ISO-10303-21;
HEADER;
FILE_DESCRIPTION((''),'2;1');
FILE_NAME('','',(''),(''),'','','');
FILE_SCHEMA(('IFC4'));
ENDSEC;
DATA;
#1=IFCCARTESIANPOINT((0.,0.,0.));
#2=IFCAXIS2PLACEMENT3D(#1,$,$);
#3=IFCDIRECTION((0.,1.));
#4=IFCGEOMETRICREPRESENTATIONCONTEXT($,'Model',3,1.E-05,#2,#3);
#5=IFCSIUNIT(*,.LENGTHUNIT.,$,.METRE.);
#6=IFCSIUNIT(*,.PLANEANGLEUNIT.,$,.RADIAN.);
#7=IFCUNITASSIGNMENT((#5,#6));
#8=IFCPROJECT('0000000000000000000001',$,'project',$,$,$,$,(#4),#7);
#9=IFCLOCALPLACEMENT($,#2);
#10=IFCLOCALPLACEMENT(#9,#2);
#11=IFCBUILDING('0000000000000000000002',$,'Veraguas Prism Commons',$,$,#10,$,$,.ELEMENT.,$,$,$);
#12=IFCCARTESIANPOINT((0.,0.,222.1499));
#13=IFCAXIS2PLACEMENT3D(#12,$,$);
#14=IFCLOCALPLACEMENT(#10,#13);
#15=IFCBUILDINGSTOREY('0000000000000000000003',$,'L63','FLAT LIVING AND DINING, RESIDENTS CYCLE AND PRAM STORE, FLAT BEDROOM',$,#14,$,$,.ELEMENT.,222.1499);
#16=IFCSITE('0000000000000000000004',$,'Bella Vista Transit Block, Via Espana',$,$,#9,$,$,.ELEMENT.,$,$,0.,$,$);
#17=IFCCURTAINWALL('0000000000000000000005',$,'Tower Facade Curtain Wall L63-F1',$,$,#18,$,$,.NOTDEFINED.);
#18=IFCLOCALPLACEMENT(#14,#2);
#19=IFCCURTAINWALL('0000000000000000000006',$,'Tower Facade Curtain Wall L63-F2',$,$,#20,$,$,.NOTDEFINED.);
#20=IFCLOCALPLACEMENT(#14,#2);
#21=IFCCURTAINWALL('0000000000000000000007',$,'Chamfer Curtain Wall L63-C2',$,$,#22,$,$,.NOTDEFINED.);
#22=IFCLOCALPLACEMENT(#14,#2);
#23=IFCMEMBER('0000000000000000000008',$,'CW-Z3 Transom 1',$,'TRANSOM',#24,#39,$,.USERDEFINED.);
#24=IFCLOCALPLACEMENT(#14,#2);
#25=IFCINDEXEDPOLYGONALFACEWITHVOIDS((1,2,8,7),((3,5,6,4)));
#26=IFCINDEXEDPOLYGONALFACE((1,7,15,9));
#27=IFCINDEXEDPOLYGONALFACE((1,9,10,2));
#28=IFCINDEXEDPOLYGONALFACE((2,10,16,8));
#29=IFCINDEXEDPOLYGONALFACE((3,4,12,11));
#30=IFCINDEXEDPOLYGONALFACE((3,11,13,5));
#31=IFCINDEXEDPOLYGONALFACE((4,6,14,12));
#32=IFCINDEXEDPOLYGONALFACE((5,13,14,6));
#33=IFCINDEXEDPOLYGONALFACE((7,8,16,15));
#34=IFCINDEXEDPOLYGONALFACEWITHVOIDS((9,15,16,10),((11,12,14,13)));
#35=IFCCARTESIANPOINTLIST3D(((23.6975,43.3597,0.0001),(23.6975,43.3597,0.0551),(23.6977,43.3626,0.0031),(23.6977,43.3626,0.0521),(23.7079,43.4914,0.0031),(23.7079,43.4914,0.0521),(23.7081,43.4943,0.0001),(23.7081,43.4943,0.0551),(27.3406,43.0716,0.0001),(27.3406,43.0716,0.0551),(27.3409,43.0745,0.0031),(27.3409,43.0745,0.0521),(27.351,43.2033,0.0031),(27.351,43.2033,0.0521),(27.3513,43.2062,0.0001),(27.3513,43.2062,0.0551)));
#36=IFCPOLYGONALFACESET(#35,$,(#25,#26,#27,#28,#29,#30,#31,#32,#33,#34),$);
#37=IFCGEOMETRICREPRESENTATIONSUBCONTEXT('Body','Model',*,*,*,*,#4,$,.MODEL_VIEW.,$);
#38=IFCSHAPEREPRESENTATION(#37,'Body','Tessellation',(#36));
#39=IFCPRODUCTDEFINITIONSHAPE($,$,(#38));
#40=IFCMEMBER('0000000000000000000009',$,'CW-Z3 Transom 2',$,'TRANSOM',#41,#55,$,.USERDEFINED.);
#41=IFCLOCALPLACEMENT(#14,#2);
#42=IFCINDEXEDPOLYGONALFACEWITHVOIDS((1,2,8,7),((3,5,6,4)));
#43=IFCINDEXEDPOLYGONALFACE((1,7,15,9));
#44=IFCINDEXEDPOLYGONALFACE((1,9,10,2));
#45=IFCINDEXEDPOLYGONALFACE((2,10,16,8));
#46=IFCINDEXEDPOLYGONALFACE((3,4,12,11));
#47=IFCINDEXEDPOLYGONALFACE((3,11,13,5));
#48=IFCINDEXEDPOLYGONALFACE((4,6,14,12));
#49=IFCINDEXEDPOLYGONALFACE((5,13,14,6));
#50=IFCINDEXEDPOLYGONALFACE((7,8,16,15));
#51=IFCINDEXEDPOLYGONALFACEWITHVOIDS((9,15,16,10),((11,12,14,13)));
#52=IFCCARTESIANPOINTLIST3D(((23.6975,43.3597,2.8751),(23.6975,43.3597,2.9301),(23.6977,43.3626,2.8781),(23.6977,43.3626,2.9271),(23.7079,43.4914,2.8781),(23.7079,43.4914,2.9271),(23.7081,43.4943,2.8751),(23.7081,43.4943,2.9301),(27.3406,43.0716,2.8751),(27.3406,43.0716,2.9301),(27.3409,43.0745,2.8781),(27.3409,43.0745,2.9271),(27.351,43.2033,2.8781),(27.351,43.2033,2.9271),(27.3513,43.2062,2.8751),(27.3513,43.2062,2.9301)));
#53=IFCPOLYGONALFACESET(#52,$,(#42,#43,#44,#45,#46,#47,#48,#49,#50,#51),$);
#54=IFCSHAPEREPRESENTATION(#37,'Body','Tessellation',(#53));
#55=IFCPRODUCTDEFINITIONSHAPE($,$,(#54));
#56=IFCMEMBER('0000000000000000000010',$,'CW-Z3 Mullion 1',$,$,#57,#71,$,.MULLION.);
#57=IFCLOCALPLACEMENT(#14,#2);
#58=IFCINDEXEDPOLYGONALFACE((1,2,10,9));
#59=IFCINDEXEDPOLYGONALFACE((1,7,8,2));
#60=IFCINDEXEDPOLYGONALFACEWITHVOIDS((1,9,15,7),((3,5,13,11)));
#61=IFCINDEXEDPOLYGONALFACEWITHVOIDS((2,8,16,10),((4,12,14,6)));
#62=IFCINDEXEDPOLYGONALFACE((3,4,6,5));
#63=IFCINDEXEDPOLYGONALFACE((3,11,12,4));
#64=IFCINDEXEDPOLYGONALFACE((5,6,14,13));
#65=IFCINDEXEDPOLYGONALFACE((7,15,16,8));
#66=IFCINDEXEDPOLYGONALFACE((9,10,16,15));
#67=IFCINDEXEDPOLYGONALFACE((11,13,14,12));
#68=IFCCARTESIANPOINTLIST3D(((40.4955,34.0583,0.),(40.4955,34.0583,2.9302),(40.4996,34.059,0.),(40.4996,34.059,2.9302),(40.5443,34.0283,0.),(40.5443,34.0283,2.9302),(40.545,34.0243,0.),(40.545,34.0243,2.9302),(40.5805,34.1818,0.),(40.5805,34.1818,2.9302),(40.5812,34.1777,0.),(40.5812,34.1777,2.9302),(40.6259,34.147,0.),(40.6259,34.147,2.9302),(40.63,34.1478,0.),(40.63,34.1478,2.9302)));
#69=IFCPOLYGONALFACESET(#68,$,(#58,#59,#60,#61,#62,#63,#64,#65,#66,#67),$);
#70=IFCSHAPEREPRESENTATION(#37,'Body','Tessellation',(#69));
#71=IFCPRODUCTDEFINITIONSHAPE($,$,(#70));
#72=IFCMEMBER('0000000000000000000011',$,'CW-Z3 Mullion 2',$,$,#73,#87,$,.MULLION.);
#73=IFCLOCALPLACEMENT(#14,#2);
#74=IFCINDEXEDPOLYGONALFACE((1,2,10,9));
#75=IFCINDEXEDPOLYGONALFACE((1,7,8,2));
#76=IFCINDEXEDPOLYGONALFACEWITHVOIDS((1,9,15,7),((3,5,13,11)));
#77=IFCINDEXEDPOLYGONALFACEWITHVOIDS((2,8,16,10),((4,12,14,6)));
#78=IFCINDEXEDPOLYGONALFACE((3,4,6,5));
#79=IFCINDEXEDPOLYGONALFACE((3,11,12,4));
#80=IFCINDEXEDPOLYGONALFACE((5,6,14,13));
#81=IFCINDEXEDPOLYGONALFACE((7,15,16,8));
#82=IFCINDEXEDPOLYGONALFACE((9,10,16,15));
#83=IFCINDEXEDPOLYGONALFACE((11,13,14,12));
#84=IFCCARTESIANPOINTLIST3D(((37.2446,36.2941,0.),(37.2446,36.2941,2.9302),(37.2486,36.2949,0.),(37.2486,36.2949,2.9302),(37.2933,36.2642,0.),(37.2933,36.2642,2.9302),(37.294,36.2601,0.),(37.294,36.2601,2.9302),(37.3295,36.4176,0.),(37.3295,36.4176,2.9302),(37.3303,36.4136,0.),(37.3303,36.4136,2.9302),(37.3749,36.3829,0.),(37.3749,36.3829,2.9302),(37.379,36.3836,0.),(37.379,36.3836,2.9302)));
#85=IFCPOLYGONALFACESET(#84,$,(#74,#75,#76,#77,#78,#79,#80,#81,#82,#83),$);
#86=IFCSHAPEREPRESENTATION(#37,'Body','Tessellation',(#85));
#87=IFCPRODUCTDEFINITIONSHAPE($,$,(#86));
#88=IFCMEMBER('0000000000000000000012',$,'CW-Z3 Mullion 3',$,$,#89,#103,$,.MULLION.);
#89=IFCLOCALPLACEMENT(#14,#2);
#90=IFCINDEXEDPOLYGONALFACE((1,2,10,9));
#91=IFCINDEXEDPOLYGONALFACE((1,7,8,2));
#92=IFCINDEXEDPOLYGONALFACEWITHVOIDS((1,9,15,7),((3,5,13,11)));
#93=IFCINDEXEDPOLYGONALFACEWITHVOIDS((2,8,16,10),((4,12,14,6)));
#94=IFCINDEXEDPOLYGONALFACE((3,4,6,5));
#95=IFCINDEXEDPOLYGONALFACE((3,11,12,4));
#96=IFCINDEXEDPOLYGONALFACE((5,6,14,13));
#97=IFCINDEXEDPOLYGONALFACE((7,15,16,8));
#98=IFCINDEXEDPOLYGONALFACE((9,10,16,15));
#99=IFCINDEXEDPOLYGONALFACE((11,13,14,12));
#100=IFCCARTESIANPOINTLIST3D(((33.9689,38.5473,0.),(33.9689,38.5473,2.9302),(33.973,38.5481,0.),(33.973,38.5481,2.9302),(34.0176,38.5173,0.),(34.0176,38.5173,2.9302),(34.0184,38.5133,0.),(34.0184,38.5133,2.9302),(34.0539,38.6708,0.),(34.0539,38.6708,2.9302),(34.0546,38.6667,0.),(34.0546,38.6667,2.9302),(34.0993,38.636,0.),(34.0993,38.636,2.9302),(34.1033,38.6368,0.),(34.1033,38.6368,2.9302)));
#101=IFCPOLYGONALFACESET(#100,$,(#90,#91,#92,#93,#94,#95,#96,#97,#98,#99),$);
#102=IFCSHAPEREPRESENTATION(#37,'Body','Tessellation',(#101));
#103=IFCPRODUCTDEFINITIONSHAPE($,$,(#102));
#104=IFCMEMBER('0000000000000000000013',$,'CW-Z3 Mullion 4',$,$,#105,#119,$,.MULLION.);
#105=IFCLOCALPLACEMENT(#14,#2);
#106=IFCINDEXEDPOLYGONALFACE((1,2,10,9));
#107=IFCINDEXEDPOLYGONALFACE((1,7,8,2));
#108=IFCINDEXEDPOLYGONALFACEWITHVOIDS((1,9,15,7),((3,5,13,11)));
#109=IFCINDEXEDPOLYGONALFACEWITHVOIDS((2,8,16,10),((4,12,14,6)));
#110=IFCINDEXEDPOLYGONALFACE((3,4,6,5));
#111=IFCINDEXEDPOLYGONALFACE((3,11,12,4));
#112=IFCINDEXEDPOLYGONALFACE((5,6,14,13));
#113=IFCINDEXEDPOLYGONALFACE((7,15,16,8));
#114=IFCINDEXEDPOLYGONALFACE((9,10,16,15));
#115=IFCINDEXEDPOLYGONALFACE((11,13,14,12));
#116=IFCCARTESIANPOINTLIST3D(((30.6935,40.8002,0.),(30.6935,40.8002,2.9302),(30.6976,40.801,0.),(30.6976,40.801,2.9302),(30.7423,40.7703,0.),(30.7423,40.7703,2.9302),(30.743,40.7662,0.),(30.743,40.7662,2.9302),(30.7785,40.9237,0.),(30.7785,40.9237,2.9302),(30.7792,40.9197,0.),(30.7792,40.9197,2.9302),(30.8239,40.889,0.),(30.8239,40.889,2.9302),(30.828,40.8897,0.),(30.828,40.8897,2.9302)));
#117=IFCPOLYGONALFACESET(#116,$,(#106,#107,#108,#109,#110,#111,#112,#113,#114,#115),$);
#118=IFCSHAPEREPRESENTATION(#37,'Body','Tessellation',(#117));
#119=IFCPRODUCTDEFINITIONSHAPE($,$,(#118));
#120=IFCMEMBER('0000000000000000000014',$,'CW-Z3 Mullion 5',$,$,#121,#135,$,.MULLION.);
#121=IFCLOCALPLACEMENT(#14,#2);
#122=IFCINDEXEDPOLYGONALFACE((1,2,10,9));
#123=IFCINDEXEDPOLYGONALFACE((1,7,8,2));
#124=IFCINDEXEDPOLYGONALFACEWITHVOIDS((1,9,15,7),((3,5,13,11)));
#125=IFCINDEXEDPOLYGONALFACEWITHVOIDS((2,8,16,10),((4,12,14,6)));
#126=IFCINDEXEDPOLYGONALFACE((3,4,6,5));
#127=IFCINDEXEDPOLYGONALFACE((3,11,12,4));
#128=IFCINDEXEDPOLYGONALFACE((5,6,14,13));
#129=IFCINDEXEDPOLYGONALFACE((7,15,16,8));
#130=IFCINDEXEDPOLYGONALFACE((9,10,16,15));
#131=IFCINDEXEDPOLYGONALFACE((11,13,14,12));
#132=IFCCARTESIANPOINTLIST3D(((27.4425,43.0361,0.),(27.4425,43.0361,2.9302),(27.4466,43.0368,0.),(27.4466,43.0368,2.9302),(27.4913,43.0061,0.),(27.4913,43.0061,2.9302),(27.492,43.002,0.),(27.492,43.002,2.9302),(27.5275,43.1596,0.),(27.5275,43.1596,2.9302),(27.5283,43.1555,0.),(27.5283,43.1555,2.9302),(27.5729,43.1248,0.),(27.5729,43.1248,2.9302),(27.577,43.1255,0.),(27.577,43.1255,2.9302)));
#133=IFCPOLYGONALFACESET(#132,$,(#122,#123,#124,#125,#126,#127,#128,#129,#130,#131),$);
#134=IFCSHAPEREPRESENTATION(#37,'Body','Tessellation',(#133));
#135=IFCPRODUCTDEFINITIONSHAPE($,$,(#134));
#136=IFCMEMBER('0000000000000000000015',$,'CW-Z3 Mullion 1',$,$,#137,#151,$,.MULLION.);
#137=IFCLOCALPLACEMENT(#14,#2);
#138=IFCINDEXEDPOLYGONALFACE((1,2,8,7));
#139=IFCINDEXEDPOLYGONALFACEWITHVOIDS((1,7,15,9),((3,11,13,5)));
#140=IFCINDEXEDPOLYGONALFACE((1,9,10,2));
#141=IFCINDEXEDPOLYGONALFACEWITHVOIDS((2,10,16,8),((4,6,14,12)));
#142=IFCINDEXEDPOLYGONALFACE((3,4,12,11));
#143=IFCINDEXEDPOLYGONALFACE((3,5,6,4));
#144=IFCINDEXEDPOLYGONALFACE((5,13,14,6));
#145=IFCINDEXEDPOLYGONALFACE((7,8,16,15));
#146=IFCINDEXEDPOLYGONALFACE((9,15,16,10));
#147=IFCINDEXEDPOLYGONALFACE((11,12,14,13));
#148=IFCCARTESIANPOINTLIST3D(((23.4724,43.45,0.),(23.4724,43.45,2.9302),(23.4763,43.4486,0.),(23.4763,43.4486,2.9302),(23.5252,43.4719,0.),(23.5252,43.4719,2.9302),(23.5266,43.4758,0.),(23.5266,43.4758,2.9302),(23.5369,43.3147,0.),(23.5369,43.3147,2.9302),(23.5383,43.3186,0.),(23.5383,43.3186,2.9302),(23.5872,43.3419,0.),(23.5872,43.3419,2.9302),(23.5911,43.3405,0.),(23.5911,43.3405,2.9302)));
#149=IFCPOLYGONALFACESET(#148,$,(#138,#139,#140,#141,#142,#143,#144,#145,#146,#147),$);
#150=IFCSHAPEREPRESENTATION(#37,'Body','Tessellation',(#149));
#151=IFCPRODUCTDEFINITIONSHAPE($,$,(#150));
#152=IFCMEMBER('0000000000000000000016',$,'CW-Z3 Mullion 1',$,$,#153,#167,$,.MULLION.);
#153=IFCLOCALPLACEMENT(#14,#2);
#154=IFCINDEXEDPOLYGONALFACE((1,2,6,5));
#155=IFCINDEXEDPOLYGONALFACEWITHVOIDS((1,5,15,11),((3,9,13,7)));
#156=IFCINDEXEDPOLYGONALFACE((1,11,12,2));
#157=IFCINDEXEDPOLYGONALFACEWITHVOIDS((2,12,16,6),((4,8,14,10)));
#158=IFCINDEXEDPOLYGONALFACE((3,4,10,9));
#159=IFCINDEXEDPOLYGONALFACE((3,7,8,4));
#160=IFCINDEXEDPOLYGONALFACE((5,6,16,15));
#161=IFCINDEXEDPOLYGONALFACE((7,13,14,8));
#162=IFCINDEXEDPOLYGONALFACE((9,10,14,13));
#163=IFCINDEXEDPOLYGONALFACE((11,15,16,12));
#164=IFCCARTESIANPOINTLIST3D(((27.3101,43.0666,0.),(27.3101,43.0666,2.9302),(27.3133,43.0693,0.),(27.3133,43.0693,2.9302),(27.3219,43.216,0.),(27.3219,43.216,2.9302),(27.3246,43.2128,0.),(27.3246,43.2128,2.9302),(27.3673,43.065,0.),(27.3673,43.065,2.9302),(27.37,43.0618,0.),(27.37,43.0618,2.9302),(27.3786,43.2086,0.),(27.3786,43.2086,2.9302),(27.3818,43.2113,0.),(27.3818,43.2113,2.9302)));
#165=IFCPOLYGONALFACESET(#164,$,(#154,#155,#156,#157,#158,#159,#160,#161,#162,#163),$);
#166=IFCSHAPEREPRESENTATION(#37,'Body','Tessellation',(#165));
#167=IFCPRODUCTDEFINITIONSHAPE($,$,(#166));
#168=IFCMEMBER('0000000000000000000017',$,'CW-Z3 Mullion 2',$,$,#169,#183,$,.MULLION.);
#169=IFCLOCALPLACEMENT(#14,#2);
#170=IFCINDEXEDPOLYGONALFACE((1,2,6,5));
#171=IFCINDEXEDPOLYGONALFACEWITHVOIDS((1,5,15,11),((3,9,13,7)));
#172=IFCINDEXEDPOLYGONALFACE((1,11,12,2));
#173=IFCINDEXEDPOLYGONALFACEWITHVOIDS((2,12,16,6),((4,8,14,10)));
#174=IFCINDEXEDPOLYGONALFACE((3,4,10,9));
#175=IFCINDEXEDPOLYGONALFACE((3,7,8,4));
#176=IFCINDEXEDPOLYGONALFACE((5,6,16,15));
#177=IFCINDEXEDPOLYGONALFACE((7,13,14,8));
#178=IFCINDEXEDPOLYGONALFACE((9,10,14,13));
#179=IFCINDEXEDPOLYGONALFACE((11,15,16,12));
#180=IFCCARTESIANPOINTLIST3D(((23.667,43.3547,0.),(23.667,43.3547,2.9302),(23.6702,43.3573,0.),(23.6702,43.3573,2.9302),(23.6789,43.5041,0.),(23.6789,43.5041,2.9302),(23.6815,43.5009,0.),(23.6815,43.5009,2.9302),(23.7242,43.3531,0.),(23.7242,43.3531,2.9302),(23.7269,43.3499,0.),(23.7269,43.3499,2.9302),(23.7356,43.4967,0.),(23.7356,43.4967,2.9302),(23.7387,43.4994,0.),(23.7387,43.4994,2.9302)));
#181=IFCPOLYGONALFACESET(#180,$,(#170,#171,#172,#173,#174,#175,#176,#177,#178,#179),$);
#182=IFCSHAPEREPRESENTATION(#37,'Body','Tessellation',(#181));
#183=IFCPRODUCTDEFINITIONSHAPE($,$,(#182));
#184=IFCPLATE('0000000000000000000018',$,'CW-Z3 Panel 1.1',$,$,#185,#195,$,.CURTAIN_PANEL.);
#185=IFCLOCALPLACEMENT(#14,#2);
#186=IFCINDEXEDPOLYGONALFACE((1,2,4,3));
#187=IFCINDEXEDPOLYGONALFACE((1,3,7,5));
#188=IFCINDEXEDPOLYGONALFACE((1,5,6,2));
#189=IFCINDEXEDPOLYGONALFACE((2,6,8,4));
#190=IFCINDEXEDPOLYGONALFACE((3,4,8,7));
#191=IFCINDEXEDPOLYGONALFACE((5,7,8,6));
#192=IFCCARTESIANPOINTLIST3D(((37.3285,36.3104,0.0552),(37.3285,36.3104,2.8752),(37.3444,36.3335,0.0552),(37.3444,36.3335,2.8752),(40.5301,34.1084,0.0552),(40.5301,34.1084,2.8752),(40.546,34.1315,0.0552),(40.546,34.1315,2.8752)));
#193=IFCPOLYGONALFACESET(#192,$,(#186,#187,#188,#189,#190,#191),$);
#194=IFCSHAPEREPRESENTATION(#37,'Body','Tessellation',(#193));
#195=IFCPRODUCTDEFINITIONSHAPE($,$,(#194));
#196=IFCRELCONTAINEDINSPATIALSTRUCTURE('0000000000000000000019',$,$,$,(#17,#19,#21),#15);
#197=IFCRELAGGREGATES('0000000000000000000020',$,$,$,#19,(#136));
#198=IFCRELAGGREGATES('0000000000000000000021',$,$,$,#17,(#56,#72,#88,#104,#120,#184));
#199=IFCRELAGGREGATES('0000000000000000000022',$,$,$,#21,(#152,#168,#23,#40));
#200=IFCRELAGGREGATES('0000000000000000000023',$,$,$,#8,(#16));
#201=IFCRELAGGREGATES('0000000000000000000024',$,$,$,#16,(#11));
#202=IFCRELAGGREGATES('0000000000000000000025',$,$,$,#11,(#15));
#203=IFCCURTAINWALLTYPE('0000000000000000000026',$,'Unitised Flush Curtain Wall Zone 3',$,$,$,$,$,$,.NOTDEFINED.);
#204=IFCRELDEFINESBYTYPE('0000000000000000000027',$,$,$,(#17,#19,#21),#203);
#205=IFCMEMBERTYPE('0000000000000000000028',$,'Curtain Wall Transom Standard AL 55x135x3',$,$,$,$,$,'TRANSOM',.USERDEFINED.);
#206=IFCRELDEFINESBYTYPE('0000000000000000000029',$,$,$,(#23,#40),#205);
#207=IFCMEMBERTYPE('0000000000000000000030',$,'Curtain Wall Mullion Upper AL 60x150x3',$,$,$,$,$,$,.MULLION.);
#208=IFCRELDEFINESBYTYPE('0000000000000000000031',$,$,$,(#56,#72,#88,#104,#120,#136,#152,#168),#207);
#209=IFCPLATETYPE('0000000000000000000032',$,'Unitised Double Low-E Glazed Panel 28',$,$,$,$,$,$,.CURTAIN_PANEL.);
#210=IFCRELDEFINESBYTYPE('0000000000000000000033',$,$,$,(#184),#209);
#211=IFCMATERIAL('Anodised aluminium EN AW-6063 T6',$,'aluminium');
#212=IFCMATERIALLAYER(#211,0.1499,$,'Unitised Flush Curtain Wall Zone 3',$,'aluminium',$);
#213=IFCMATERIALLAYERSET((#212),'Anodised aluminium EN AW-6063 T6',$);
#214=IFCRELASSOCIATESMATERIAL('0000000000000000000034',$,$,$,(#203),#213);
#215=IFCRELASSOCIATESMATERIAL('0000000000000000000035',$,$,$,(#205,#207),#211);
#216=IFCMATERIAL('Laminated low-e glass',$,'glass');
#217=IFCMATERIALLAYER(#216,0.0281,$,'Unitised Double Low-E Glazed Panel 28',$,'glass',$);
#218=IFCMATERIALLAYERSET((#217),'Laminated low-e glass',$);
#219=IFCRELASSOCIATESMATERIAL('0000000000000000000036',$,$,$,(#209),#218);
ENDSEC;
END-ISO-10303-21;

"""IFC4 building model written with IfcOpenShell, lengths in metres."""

from ifc_helpers import new_model, si_unit, direction, frame, origin, origin_2d, place, context, subcontext, project, spatial, rectangle, hollow_rectangle, extrude, source, transform, mapped, material, layer, layer_set, material_profile, profile_set, type_object, element, aggregate, save


model = new_model("IFC4")

# Units and contexts
model_context = context("Model", 3, precision=1e-05, world=origin(), true_north=direction((0.0, 1.0)))
body_context = subcontext(model_context, "Body", "Model", "MODEL_VIEW")
ifc_project = project(units=[si_unit("LENGTHUNIT", "METRE"), si_unit("PLANEANGLEUNIT", "RADIAN")], contexts=[model_context])

# Site, building, storey
site_placement = place(None, origin())
site = spatial("IfcSite", under=ifc_project, at=site_placement, Name="Bella Vista Transit Block, Via Espana", CompositionType="ELEMENT", RefElevation=0.0)
building_placement = place(site_placement, origin())
building = spatial("IfcBuilding", under=site, at=building_placement, Name="Veraguas Prism Commons", CompositionType="ELEMENT")
storey_placement = place(building_placement, frame((0.0, 0.0, 222.1499)))
storey = spatial("IfcBuildingStorey", under=building, at=storey_placement, Name="L63", Description="FLAT LIVING AND DINING, RESIDENTS CYCLE AND PRAM STORE, FLAT BEDROOM", CompositionType="ELEMENT", Elevation=222.1499)

# Curtain walls, members
ifc_material_1 = material(Name="Anodised aluminium EN AW-6063 T6", Category="aluminium")
ifc_layer_1 = layer(ifc_material_1, 0.1499, Name="Unitised Flush Curtain Wall Zone 3", Category="aluminium")
ifc_layer_set_1 = layer_set([ifc_layer_1], Name="Anodised aluminium EN AW-6063 T6")
curtain_wall_type = type_object("IfcCurtainWallType", Name="Unitised Flush Curtain Wall Zone 3", PredefinedType="NOTDEFINED", material=ifc_layer_set_1)
curtain_wall_1_placement = place(storey_placement, origin())
curtain_wall_1 = element("IfcCurtainWall", 1, at=curtain_wall_1_placement, inside=storey, type_object=curtain_wall_type, Name="Tower Facade Curtain Wall L63-F1", PredefinedType="NOTDEFINED")
ifc_material_profile_1 = material_profile(ifc_material_1, hollow_rectangle(XDim=0.0549, YDim=0.135, WallThickness=0.0029, at=origin_2d()), Name="AL55X135X3")
ifc_profile_set_1 = profile_set([ifc_material_profile_1], Name="Anodised aluminium EN AW-6063 T6")
member_type_1 = type_object("IfcMemberType", Name="Curtain Wall Transom Standard AL 55x135x3", ElementType="TRANSOM", PredefinedType="USERDEFINED", material=ifc_profile_set_1)
curtain_wall_2_placement = place(storey_placement, origin())
curtain_wall_2 = element("IfcCurtainWall", 2, at=curtain_wall_2_placement, inside=storey, type_object=curtain_wall_type, Name="Tower Facade Curtain Wall L63-F2", PredefinedType="NOTDEFINED")
curtain_wall_3_placement = place(storey_placement, origin())
curtain_wall_3 = element("IfcCurtainWall", 3, at=curtain_wall_3_placement, inside=storey, type_object=curtain_wall_type, Name="Chamfer Curtain Wall L63-C2", PredefinedType="NOTDEFINED")
shared_shape_1 = source(origin(), body_context, "Body", "SweptSolid", [
    extrude(hollow_rectangle(XDim=0.0549, YDim=0.135, WallThickness=0.0029, at=origin_2d()), origin(), (0.0, 0.0, 1.0), 3.6545),
])
member_1_placement = place(storey_placement, frame((27.3459, 43.1389, 0.0276), z_axis=(-0.996888, 0.078832, 0.0), x_axis=(0.0, 0.0, 1.0)))
member_1 = element("IfcMember", 4, at=member_1_placement, type_object=member_type_1, Name="CW-Z3 Transom 1", ObjectType="TRANSOM", PredefinedType="USERDEFINED", context=body_context, shape_type="MappedRepresentation", body=[
    mapped(shared_shape_1, transform((0.0, 0.0, 0.0), scale=1.0)),
])
member_2_placement = place(storey_placement, frame((27.3459, 43.1389, 2.9026), z_axis=(-0.996888, 0.078832, 0.0), x_axis=(0.0, 0.0, 1.0)))
member_2 = element("IfcMember", 5, at=member_2_placement, type_object=member_type_1, Name="CW-Z3 Transom 2", ObjectType="TRANSOM", PredefinedType="USERDEFINED", context=body_context, shape_type="MappedRepresentation", body=[
    mapped(shared_shape_1, transform((0.0, 0.0, 0.0), scale=1.0)),
])

# Members
ifc_material_profile_2 = material_profile(ifc_material_1, hollow_rectangle(XDim=0.0601, YDim=0.1499, WallThickness=0.0029, at=origin_2d()), Name="AL60X150X3")
ifc_profile_set_2 = profile_set([ifc_material_profile_2], Name="Anodised aluminium EN AW-6063 T6")
member_type_2 = type_object("IfcMemberType", Name="Curtain Wall Mullion Upper AL 60x150x3", PredefinedType="MULLION", material=ifc_profile_set_2)
shared_shape_2 = source(origin(), body_context, "Body", "SweptSolid", [
    extrude(hollow_rectangle(XDim=0.0601, YDim=0.1499, WallThickness=0.0029, at=origin_2d()), origin(), (0.0, 0.0, 1.0), 2.9302),
])
member_3_placement = place(storey_placement, frame((40.5627, 34.103, 0.0), z_axis=(0.0, 0.0, 1.0), x_axis=(-0.823926, 0.566697, 0.0)))
member_3 = element("IfcMember", 6, at=member_3_placement, type_object=member_type_2, Name="CW-Z3 Mullion 1", PredefinedType="MULLION", context=body_context, shape_type="MappedRepresentation", body=[
    mapped(shared_shape_2, transform((0.0, 0.0, 0.0), scale=1.0)),
])
member_4_placement = place(storey_placement, frame((37.3118, 36.3389, 0.0), z_axis=(0.0, 0.0, 1.0), x_axis=(-0.823926, 0.566697, 0.0)))
member_4 = element("IfcMember", 7, at=member_4_placement, type_object=member_type_2, Name="CW-Z3 Mullion 2", PredefinedType="MULLION", context=body_context, shape_type="MappedRepresentation", body=[
    mapped(shared_shape_2, transform((0.0, 0.0, 0.0), scale=1.0)),
])
member_5_placement = place(storey_placement, frame((34.0361, 38.592, 0.0), z_axis=(0.0, 0.0, 1.0), x_axis=(-0.823926, 0.566697, 0.0)))
member_5 = element("IfcMember", 8, at=member_5_placement, type_object=member_type_2, Name="CW-Z3 Mullion 3", PredefinedType="MULLION", context=body_context, shape_type="MappedRepresentation", body=[
    mapped(shared_shape_2, transform((0.0, 0.0, 0.0), scale=1.0)),
])
member_6_placement = place(storey_placement, frame((30.7607, 40.845, 0.0), z_axis=(0.0, 0.0, 1.0), x_axis=(-0.823926, 0.566697, 0.0)))
member_6 = element("IfcMember", 9, at=member_6_placement, type_object=member_type_2, Name="CW-Z3 Mullion 4", PredefinedType="MULLION", context=body_context, shape_type="MappedRepresentation", body=[
    mapped(shared_shape_2, transform((0.0, 0.0, 0.0), scale=1.0)),
])
member_7_placement = place(storey_placement, frame((27.5098, 43.0808, 0.0), z_axis=(0.0, 0.0, 1.0), x_axis=(-0.823926, 0.566697, 0.0)))
member_7 = element("IfcMember", 10, at=member_7_placement, type_object=member_type_2, Name="CW-Z3 Mullion 5", PredefinedType="MULLION", context=body_context, shape_type="MappedRepresentation", body=[
    mapped(shared_shape_2, transform((0.0, 0.0, 0.0), scale=1.0)),
])
member_8_placement = place(storey_placement, frame((23.5317, 43.3953, 0.0), z_axis=(0.0, 0.0, 1.0), x_axis=(-0.902733, -0.430201, 0.0)))
member_8 = element("IfcMember", 11, at=member_8_placement, type_object=member_type_2, Name="CW-Z3 Mullion 1", PredefinedType="MULLION", context=body_context, shape_type="MappedRepresentation", body=[
    mapped(shared_shape_2, transform((0.0, 0.0, 0.0), scale=1.0)),
])
aggregate(curtain_wall_2, [member_8])
member_9_placement = place(storey_placement, frame((27.3459, 43.1389, 0.0), z_axis=(0.0, 0.0, 1.0), x_axis=(-0.99689, 0.0788, 0.0)))
member_9 = element("IfcMember", 12, at=member_9_placement, type_object=member_type_2, Name="CW-Z3 Mullion 1", PredefinedType="MULLION", context=body_context, shape_type="MappedRepresentation", body=[
    mapped(shared_shape_2, transform((0.0, 0.0, 0.0), scale=1.0)),
])
member_10_placement = place(storey_placement, frame((23.7029, 43.427, 0.0), z_axis=(0.0, 0.0, 1.0), x_axis=(-0.99689, 0.0788, 0.0)))
member_10 = element("IfcMember", 13, at=member_10_placement, type_object=member_type_2, Name="CW-Z3 Mullion 2", PredefinedType="MULLION", context=body_context, shape_type="MappedRepresentation", body=[
    mapped(shared_shape_2, transform((0.0, 0.0, 0.0), scale=1.0)),
])

# Plate
ifc_material_2 = material(Name="Laminated low-e glass", Category="glass")
ifc_layer_2 = layer(ifc_material_2, 0.0281, Name="Unitised Double Low-E Glazed Panel 28", Category="glass")
ifc_layer_set_2 = layer_set([ifc_layer_2], Name="Laminated low-e glass")
plate_type = type_object("IfcPlateType", Name="Unitised Double Low-E Glazed Panel 28", PredefinedType="CURTAIN_PANEL", material=ifc_layer_set_2)
shared_shape_3 = source(origin(), body_context, "Body", "SweptSolid", [
    extrude(rectangle(XDim=3.8857, YDim=0.0281, at=origin_2d()), origin(), (0.0, 0.0, 1.0), 2.8201),
])
plate_1_placement = place(storey_placement, frame((38.9373, 35.2209, 0.0552), z_axis=(0.0, 0.0, 1.0), x_axis=(-0.823926, 0.566697, 0.0)))
plate_1 = element("IfcPlate", 14, at=plate_1_placement, type_object=plate_type, Name="CW-Z3 Panel 1.1", PredefinedType="CURTAIN_PANEL", context=body_context, shape_type="MappedRepresentation", body=[
    mapped(shared_shape_3, transform((0.0, 0.0, 0.0), scale=1.0)),
])
aggregate(curtain_wall_1, [member_3, member_4, member_5, member_6, member_7, plate_1])
aggregate(curtain_wall_3, [member_9, member_10, member_1, member_2])

save(model, "model.ifc")
